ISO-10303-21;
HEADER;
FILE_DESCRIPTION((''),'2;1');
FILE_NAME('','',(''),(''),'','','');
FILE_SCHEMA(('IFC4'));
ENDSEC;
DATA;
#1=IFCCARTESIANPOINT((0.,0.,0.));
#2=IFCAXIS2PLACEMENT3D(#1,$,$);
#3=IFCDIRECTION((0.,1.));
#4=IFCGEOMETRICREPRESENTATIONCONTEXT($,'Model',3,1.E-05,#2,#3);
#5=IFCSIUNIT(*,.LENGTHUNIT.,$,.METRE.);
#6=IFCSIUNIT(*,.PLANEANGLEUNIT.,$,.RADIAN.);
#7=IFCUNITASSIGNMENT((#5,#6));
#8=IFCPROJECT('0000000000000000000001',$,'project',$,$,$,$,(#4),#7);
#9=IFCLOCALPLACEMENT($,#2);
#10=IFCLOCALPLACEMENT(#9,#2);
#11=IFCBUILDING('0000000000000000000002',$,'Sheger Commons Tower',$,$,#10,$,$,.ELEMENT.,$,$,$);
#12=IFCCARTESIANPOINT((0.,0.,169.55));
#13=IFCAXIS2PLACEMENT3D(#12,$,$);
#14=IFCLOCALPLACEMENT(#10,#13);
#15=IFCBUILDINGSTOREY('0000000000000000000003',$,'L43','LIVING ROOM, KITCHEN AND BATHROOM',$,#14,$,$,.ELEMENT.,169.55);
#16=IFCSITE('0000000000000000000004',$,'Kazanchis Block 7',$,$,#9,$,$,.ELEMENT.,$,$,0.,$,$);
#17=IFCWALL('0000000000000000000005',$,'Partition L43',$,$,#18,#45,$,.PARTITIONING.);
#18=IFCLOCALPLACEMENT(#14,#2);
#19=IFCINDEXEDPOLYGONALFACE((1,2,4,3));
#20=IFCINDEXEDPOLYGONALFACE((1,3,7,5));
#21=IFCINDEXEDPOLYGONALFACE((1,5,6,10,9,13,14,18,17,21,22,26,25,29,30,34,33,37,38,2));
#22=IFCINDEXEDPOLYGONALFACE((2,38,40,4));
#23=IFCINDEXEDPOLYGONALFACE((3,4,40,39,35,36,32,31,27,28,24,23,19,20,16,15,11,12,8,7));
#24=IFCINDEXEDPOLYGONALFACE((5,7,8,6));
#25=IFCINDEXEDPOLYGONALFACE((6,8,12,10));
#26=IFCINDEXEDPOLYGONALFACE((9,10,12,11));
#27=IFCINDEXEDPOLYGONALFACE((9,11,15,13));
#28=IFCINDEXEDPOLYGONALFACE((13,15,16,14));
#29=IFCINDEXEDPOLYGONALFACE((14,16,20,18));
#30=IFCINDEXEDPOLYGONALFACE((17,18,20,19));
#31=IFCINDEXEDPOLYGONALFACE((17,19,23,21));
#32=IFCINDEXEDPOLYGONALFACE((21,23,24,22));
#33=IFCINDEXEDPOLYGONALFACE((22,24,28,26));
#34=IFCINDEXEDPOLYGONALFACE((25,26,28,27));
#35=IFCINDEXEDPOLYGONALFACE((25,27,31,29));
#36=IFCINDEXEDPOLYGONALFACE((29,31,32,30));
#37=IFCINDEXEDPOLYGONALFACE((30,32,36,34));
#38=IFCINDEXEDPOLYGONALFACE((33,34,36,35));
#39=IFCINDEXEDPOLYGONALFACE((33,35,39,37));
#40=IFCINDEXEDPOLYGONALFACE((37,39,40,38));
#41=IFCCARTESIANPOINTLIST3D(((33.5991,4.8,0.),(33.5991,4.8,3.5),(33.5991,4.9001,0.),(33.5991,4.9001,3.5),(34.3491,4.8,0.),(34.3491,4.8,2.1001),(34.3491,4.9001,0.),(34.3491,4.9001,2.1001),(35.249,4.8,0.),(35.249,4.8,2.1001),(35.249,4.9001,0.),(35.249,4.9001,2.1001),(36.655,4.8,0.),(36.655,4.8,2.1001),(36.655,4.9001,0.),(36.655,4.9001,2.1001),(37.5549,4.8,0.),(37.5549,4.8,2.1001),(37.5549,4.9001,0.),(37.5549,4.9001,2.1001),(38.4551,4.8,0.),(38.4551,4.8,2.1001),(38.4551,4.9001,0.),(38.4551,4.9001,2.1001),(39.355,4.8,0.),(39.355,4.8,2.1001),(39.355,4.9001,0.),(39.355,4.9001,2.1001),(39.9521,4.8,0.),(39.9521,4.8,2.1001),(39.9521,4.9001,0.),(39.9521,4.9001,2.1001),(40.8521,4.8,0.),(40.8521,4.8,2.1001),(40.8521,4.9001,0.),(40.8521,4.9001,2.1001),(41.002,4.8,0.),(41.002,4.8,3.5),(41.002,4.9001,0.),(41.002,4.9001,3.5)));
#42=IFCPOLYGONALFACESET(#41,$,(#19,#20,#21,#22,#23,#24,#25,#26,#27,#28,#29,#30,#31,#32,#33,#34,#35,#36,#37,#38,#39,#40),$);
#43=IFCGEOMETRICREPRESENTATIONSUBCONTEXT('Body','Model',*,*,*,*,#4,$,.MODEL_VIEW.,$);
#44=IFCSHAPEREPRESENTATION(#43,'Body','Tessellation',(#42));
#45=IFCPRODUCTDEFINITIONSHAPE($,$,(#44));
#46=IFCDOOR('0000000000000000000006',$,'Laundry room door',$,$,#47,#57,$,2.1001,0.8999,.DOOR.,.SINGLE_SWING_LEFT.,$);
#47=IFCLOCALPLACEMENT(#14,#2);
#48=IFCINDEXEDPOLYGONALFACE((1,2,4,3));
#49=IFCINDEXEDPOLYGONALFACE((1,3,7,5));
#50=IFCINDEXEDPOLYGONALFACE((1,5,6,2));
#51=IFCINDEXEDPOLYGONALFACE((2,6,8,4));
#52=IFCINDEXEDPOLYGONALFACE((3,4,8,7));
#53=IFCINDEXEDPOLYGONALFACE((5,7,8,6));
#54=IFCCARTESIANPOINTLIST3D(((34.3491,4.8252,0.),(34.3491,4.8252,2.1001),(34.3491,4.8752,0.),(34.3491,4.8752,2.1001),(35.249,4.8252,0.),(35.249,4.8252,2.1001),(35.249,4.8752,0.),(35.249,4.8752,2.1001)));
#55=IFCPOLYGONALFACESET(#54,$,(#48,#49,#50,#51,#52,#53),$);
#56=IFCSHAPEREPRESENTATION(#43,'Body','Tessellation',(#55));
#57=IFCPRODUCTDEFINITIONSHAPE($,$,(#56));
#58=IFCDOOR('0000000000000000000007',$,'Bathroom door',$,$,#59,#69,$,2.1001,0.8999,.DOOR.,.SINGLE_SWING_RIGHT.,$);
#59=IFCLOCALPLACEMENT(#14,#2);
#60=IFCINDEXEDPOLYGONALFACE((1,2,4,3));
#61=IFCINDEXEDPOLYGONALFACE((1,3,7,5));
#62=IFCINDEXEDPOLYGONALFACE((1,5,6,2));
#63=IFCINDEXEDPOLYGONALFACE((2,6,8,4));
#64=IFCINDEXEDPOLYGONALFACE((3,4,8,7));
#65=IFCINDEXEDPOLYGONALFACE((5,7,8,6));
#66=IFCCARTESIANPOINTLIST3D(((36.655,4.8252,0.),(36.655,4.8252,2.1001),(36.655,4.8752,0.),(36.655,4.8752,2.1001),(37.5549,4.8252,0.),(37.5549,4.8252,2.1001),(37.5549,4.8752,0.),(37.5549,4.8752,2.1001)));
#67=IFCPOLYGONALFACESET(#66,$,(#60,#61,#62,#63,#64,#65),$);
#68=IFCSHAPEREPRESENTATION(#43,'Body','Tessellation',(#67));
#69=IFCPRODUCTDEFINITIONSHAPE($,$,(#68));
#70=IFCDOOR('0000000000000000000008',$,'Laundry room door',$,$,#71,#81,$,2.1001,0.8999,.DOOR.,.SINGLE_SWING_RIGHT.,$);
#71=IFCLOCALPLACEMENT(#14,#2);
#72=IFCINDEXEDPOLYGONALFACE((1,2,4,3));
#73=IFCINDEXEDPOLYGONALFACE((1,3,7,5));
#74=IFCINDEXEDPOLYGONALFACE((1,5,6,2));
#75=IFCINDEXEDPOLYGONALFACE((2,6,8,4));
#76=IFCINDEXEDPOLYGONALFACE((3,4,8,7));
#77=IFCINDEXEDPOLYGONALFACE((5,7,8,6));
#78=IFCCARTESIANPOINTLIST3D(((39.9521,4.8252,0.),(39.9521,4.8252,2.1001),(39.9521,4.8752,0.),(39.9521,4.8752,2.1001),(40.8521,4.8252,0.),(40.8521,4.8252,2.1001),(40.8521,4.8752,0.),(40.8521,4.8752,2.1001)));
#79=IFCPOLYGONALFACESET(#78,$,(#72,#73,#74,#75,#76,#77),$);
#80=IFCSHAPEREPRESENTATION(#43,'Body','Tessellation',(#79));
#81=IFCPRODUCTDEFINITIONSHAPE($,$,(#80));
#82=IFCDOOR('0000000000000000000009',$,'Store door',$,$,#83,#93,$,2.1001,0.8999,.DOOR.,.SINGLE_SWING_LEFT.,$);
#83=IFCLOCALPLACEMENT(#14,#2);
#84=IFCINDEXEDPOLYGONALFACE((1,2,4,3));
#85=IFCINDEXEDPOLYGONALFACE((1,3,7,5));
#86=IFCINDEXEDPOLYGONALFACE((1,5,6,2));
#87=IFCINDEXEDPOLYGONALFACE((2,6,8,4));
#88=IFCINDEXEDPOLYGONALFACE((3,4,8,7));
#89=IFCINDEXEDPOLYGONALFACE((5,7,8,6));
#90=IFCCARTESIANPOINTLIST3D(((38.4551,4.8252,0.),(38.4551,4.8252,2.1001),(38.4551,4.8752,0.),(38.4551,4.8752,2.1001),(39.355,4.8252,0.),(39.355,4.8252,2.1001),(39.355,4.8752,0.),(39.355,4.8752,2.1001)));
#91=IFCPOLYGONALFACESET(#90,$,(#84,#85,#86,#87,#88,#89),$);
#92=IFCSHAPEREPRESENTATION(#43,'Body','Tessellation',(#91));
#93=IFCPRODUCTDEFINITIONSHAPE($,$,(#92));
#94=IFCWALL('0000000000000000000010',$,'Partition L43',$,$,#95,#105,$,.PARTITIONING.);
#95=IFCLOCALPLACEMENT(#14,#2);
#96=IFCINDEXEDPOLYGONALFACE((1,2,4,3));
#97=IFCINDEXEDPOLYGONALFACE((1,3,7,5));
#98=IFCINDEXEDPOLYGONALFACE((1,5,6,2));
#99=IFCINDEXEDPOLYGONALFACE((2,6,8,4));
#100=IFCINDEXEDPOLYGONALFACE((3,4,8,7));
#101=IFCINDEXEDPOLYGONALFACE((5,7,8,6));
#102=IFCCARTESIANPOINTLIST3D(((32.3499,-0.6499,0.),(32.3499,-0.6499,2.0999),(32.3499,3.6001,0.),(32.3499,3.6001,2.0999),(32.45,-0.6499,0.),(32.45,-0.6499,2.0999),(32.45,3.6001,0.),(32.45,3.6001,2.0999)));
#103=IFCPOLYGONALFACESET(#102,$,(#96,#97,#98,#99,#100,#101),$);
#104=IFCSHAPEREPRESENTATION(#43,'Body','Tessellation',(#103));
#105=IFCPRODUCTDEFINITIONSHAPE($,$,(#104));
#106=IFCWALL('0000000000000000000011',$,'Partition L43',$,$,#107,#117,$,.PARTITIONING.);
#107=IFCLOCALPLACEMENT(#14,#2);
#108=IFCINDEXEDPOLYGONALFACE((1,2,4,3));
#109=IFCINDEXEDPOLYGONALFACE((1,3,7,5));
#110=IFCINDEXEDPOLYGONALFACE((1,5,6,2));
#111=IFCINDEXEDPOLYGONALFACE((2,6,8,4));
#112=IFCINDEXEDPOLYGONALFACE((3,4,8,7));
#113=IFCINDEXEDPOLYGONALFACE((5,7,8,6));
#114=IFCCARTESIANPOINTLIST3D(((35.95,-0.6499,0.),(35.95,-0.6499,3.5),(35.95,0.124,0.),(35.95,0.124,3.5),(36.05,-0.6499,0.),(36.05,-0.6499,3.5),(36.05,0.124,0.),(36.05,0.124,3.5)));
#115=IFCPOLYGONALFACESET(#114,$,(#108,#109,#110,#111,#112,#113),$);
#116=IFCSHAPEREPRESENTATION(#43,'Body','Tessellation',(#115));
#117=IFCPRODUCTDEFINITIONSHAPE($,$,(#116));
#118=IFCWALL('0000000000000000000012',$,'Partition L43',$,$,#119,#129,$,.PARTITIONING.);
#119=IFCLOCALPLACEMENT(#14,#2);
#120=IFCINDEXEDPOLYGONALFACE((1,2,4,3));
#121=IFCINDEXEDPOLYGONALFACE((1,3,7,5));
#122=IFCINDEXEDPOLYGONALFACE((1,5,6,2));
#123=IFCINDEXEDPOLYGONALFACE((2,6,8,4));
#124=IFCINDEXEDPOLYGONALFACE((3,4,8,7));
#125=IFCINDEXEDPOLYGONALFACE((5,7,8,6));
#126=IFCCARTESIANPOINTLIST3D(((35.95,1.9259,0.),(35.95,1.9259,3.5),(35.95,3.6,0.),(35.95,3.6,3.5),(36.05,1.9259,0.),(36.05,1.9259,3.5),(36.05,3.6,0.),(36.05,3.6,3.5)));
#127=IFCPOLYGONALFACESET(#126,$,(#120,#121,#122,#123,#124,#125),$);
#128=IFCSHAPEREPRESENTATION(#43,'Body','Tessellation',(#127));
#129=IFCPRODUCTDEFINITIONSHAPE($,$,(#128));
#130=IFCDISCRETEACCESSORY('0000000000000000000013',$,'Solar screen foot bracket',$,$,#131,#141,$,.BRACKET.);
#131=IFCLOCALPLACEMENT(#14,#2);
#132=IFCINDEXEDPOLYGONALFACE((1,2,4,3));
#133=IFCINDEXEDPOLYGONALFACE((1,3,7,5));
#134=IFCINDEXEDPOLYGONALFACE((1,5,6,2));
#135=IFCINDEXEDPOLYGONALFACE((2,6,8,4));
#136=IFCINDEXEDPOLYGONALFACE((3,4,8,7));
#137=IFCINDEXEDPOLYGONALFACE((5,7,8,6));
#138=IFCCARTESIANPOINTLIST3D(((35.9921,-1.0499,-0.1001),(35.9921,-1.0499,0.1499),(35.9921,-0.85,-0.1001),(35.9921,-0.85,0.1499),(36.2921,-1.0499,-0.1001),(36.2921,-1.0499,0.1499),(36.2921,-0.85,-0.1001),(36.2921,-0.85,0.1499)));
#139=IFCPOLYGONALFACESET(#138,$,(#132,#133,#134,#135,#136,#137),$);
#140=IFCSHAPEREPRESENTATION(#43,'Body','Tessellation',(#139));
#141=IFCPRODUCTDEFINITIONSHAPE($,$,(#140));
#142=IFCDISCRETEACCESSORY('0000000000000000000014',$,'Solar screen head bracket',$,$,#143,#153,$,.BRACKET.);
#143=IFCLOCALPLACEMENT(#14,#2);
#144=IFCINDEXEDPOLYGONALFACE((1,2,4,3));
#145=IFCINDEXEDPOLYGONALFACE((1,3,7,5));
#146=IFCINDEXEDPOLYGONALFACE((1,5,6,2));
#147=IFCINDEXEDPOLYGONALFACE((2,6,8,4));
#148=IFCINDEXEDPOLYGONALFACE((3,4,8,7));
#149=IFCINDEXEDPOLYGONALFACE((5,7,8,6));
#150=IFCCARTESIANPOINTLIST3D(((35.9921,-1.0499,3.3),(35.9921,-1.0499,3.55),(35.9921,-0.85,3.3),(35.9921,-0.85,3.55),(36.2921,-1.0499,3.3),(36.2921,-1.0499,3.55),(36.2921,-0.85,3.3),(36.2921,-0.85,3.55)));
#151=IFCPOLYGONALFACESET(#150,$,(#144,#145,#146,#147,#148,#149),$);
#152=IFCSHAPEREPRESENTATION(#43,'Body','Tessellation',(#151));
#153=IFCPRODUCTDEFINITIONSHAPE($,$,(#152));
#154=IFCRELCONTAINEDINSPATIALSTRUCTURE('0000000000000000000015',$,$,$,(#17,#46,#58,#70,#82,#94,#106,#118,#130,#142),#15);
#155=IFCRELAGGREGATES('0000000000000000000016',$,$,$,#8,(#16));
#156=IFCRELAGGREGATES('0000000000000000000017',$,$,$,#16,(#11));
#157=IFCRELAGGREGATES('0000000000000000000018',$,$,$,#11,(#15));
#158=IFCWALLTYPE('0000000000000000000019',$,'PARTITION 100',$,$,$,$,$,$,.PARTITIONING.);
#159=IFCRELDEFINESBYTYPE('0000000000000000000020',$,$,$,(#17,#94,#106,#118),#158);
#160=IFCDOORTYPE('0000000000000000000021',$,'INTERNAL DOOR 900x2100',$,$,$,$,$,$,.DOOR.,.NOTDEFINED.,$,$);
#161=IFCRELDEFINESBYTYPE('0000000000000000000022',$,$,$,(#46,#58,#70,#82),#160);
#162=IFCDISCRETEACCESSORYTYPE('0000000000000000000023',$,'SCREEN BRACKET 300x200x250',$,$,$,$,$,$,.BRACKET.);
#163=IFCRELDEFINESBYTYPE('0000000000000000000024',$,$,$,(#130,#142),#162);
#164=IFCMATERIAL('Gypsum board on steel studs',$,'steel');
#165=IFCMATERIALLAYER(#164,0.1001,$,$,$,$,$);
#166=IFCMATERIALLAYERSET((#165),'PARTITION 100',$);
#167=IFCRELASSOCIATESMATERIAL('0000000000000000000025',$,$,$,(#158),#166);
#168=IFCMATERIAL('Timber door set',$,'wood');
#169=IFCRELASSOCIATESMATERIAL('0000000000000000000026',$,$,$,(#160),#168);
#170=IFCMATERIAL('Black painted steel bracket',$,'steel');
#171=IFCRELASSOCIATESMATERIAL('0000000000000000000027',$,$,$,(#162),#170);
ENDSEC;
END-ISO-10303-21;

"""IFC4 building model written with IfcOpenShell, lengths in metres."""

from ifc_helpers import new_model, si_unit, direction, frame, frame_2d, origin, origin_2d, place, context, subcontext, project, spatial, rectangle, extrude, material, layer, layer_set, type_object, element, fill, save


model = new_model("IFC4")

# Units and contexts
model_context = context("Model", 3, precision=1e-05, world=origin(), true_north=direction((0.0, 1.0)))
body_context = subcontext(model_context, "Body", "Model", "MODEL_VIEW")
ifc_project = project(units=[si_unit("LENGTHUNIT", "METRE"), si_unit("PLANEANGLEUNIT", "RADIAN")], contexts=[model_context])

# Site, building, storey
site_placement = place(None, origin())
site = spatial("IfcSite", under=ifc_project, at=site_placement, Name="Kazanchis Block 7", CompositionType="ELEMENT", RefElevation=0.0)
building_placement = place(site_placement, origin())
building = spatial("IfcBuilding", under=site, at=building_placement, Name="Sheger Commons Tower", CompositionType="ELEMENT")
storey_placement = place(building_placement, frame((0.0, 0.0, 169.55)))
storey = spatial("IfcBuildingStorey", under=building, at=storey_placement, Name="L43", Description="LIVING ROOM, KITCHEN AND BATHROOM", CompositionType="ELEMENT", Elevation=169.55)

# Wall, openings, doors
ifc_material_1 = material(Name="Gypsum board on steel studs", Category="steel")
ifc_layer_1 = layer(ifc_material_1, 0.1001)
ifc_layer_set_1 = layer_set([ifc_layer_1], Name="PARTITION 100")
wall_type_1 = type_object("IfcWallType", Name="PARTITION 100", PredefinedType="PARTITIONING", material=ifc_layer_set_1)
ifc_material_2 = material(Name="Timber door set", Category="wood")
door_type = type_object("IfcDoorType", Name="INTERNAL DOOR 900x2100", OperationType="NOTDEFINED", PredefinedType="DOOR", material=ifc_material_2)
wall_1_placement = place(storey_placement, frame((41.002, 4.8501, 0.0), z_axis=(0.0, 0.0, 1.0), x_axis=(-1.0, 0.0, 0.0)))
wall_1 = element("IfcWall", 1, at=wall_1_placement, inside=storey, type_object=wall_type_1, Name="Partition L43", PredefinedType="PARTITIONING", context=body_context, shape_type="SweptSolid", body=[
    extrude(rectangle(XDim=7.4028, YDim=0.1001, at=frame_2d((3.7014, 0.0))), origin(), (0.0, 0.0, 1.0), 3.5),
])
opening_1_placement = place(wall_1_placement, frame((5.7529, 0.0, 0.0)))
opening_1 = element("IfcOpeningElement", 2, at=opening_1_placement, cuts=wall_1, PredefinedType="OPENING", context=body_context, shape_type="SweptSolid", body=[
    extrude(rectangle(XDim=0.8999, YDim=2.1001, at=frame_2d((0.45, 1.05))), frame((0.0, 0.0601, 0.0), z_axis=(0.0, -1.0, 0.0), x_axis=(1.0, 0.0, 0.0)), (0.0, 0.0, 1.0), 0.1201),
])
opening_2_placement = place(wall_1_placement, frame((3.447, 0.0, 0.0)))
opening_2 = element("IfcOpeningElement", 3, at=opening_2_placement, cuts=wall_1, PredefinedType="OPENING", context=body_context, shape_type="SweptSolid", body=[
    extrude(rectangle(XDim=0.8999, YDim=2.1001, at=frame_2d((0.45, 1.05))), frame((0.0, 0.0601, 0.0), z_axis=(0.0, -1.0, 0.0), x_axis=(1.0, 0.0, 0.0)), (0.0, 0.0, 1.0), 0.1201),
])
opening_3_placement = place(wall_1_placement, frame((0.1499, 0.0, 0.0)))
opening_3 = element("IfcOpeningElement", 4, at=opening_3_placement, cuts=wall_1, PredefinedType="OPENING", context=body_context, shape_type="SweptSolid", body=[
    extrude(rectangle(XDim=0.8999, YDim=2.1001, at=frame_2d((0.45, 1.05))), frame((0.0, 0.0601, 0.0), z_axis=(0.0, -1.0, 0.0), x_axis=(1.0, 0.0, 0.0)), (0.0, 0.0, 1.0), 0.1201),
])
opening_4_placement = place(wall_1_placement, frame((1.647, 0.0, 0.0)))
opening_4 = element("IfcOpeningElement", 5, at=opening_4_placement, cuts=wall_1, PredefinedType="OPENING", context=body_context, shape_type="SweptSolid", body=[
    extrude(rectangle(XDim=0.8999, YDim=2.1001, at=frame_2d((0.45, 1.05))), frame((0.0, 0.0601, 0.0), z_axis=(0.0, -1.0, 0.0), x_axis=(1.0, 0.0, 0.0)), (0.0, 0.0, 1.0), 0.1201),
])
door_1_placement = place(opening_1_placement, origin())
door_1 = element("IfcDoor", 6, at=door_1_placement, inside=storey, type_object=door_type, Name="Laundry room door", OperationType="SINGLE_SWING_LEFT", OverallHeight=2.1001, OverallWidth=0.8999, PredefinedType="DOOR", context=body_context, shape_type="SweptSolid", body=[
    extrude(rectangle(XDim=0.8999, YDim=2.1001, at=frame_2d((0.45, 1.05))), frame((0.0, 0.0249, 0.0), z_axis=(0.0, -1.0, 0.0), x_axis=(1.0, 0.0, 0.0)), (0.0, 0.0, 1.0), 0.05),
])
fill(opening_1, door_1)
door_2_placement = place(opening_2_placement, origin())
door_2 = element("IfcDoor", 7, at=door_2_placement, inside=storey, type_object=door_type, Name="Bathroom door", OperationType="SINGLE_SWING_RIGHT", OverallHeight=2.1001, OverallWidth=0.8999, PredefinedType="DOOR", context=body_context, shape_type="SweptSolid", body=[
    extrude(rectangle(XDim=0.8999, YDim=2.1001, at=frame_2d((0.45, 1.05))), frame((0.0, 0.0249, 0.0), z_axis=(0.0, -1.0, 0.0), x_axis=(1.0, 0.0, 0.0)), (0.0, 0.0, 1.0), 0.05),
])
fill(opening_2, door_2)
door_3_placement = place(opening_3_placement, origin())
door_3 = element("IfcDoor", 8, at=door_3_placement, inside=storey, type_object=door_type, Name="Laundry room door", OperationType="SINGLE_SWING_RIGHT", OverallHeight=2.1001, OverallWidth=0.8999, PredefinedType="DOOR", context=body_context, shape_type="SweptSolid", body=[
    extrude(rectangle(XDim=0.8999, YDim=2.1001, at=frame_2d((0.45, 1.05))), frame((0.0, 0.0249, 0.0), z_axis=(0.0, -1.0, 0.0), x_axis=(1.0, 0.0, 0.0)), (0.0, 0.0, 1.0), 0.05),
])
fill(opening_3, door_3)
door_4_placement = place(opening_4_placement, origin())
door_4 = element("IfcDoor", 9, at=door_4_placement, inside=storey, type_object=door_type, Name="Store door", OperationType="SINGLE_SWING_LEFT", OverallHeight=2.1001, OverallWidth=0.8999, PredefinedType="DOOR", context=body_context, shape_type="SweptSolid", body=[
    extrude(rectangle(XDim=0.8999, YDim=2.1001, at=frame_2d((0.45, 1.05))), frame((0.0, 0.0249, 0.0), z_axis=(0.0, -1.0, 0.0), x_axis=(1.0, 0.0, 0.0)), (0.0, 0.0, 1.0), 0.05),
])
fill(opening_4, door_4)

# Walls
wall_2_placement = place(storey_placement, frame((32.3999, -0.6499, 0.0), z_axis=(0.0, 0.0, 1.0), x_axis=(0.0, 1.0, 0.0)))
element("IfcWall", 10, at=wall_2_placement, inside=storey, type_object=wall_type_1, Name="Partition L43", PredefinedType="PARTITIONING", context=body_context, shape_type="SweptSolid", body=[
    extrude(rectangle(XDim=4.25, YDim=0.1001, at=frame_2d((2.125, 0.0))), origin(), (0.0, 0.0, 1.0), 2.0999),
])
wall_3_placement = place(storey_placement, frame((36.0, -0.6499, 0.0), z_axis=(0.0, 0.0, 1.0), x_axis=(0.0, 1.0, 0.0)))
element("IfcWall", 11, at=wall_3_placement, inside=storey, type_object=wall_type_1, Name="Partition L43", PredefinedType="PARTITIONING", context=body_context, shape_type="SweptSolid", body=[
    extrude(rectangle(XDim=0.7739, YDim=0.1001, at=frame_2d((0.387, 0.0))), origin(), (0.0, 0.0, 1.0), 3.5),
])
wall_4_placement = place(storey_placement, frame((36.0, 1.926, 0.0), z_axis=(0.0, 0.0, 1.0), x_axis=(0.0, 1.0, 0.0)))
element("IfcWall", 12, at=wall_4_placement, inside=storey, type_object=wall_type_1, Name="Partition L43", PredefinedType="PARTITIONING", context=body_context, shape_type="SweptSolid", body=[
    extrude(rectangle(XDim=1.6741, YDim=0.1001, at=frame_2d((0.8369, 0.0))), origin(), (0.0, 0.0, 1.0), 3.5),
])

# Discrete accessories
ifc_material_3 = material(Name="Black painted steel bracket", Category="steel")
discrete_accessory_type = type_object("IfcDiscreteAccessoryType", Name="SCREEN BRACKET 300x200x250", PredefinedType="BRACKET", material=ifc_material_3)
for number, where, z_axis, x_axis, name in (
    (13, (36.1421, -0.95, -0.1001), (0.0, 0.0, 1.0), (1.0, 0.0, 0.0), "Solar screen foot bracket"),
    (14, (36.1421, -0.95, 3.3), (0.0, 0.0, 1.0), (1.0, 0.0, 0.0), "Solar screen head bracket"),
):
    element("IfcDiscreteAccessory", number, at=place(storey_placement, frame(where, z_axis=z_axis, x_axis=x_axis)), inside=storey, type_object=discrete_accessory_type, Name=name, PredefinedType="BRACKET", context=body_context, shape_type="SweptSolid", body=[
        extrude(rectangle(XDim=0.3, YDim=0.2, at=origin_2d()), origin(), (0.0, 0.0, 1.0), 0.25),
    ])

save(model, "model.ifc")
